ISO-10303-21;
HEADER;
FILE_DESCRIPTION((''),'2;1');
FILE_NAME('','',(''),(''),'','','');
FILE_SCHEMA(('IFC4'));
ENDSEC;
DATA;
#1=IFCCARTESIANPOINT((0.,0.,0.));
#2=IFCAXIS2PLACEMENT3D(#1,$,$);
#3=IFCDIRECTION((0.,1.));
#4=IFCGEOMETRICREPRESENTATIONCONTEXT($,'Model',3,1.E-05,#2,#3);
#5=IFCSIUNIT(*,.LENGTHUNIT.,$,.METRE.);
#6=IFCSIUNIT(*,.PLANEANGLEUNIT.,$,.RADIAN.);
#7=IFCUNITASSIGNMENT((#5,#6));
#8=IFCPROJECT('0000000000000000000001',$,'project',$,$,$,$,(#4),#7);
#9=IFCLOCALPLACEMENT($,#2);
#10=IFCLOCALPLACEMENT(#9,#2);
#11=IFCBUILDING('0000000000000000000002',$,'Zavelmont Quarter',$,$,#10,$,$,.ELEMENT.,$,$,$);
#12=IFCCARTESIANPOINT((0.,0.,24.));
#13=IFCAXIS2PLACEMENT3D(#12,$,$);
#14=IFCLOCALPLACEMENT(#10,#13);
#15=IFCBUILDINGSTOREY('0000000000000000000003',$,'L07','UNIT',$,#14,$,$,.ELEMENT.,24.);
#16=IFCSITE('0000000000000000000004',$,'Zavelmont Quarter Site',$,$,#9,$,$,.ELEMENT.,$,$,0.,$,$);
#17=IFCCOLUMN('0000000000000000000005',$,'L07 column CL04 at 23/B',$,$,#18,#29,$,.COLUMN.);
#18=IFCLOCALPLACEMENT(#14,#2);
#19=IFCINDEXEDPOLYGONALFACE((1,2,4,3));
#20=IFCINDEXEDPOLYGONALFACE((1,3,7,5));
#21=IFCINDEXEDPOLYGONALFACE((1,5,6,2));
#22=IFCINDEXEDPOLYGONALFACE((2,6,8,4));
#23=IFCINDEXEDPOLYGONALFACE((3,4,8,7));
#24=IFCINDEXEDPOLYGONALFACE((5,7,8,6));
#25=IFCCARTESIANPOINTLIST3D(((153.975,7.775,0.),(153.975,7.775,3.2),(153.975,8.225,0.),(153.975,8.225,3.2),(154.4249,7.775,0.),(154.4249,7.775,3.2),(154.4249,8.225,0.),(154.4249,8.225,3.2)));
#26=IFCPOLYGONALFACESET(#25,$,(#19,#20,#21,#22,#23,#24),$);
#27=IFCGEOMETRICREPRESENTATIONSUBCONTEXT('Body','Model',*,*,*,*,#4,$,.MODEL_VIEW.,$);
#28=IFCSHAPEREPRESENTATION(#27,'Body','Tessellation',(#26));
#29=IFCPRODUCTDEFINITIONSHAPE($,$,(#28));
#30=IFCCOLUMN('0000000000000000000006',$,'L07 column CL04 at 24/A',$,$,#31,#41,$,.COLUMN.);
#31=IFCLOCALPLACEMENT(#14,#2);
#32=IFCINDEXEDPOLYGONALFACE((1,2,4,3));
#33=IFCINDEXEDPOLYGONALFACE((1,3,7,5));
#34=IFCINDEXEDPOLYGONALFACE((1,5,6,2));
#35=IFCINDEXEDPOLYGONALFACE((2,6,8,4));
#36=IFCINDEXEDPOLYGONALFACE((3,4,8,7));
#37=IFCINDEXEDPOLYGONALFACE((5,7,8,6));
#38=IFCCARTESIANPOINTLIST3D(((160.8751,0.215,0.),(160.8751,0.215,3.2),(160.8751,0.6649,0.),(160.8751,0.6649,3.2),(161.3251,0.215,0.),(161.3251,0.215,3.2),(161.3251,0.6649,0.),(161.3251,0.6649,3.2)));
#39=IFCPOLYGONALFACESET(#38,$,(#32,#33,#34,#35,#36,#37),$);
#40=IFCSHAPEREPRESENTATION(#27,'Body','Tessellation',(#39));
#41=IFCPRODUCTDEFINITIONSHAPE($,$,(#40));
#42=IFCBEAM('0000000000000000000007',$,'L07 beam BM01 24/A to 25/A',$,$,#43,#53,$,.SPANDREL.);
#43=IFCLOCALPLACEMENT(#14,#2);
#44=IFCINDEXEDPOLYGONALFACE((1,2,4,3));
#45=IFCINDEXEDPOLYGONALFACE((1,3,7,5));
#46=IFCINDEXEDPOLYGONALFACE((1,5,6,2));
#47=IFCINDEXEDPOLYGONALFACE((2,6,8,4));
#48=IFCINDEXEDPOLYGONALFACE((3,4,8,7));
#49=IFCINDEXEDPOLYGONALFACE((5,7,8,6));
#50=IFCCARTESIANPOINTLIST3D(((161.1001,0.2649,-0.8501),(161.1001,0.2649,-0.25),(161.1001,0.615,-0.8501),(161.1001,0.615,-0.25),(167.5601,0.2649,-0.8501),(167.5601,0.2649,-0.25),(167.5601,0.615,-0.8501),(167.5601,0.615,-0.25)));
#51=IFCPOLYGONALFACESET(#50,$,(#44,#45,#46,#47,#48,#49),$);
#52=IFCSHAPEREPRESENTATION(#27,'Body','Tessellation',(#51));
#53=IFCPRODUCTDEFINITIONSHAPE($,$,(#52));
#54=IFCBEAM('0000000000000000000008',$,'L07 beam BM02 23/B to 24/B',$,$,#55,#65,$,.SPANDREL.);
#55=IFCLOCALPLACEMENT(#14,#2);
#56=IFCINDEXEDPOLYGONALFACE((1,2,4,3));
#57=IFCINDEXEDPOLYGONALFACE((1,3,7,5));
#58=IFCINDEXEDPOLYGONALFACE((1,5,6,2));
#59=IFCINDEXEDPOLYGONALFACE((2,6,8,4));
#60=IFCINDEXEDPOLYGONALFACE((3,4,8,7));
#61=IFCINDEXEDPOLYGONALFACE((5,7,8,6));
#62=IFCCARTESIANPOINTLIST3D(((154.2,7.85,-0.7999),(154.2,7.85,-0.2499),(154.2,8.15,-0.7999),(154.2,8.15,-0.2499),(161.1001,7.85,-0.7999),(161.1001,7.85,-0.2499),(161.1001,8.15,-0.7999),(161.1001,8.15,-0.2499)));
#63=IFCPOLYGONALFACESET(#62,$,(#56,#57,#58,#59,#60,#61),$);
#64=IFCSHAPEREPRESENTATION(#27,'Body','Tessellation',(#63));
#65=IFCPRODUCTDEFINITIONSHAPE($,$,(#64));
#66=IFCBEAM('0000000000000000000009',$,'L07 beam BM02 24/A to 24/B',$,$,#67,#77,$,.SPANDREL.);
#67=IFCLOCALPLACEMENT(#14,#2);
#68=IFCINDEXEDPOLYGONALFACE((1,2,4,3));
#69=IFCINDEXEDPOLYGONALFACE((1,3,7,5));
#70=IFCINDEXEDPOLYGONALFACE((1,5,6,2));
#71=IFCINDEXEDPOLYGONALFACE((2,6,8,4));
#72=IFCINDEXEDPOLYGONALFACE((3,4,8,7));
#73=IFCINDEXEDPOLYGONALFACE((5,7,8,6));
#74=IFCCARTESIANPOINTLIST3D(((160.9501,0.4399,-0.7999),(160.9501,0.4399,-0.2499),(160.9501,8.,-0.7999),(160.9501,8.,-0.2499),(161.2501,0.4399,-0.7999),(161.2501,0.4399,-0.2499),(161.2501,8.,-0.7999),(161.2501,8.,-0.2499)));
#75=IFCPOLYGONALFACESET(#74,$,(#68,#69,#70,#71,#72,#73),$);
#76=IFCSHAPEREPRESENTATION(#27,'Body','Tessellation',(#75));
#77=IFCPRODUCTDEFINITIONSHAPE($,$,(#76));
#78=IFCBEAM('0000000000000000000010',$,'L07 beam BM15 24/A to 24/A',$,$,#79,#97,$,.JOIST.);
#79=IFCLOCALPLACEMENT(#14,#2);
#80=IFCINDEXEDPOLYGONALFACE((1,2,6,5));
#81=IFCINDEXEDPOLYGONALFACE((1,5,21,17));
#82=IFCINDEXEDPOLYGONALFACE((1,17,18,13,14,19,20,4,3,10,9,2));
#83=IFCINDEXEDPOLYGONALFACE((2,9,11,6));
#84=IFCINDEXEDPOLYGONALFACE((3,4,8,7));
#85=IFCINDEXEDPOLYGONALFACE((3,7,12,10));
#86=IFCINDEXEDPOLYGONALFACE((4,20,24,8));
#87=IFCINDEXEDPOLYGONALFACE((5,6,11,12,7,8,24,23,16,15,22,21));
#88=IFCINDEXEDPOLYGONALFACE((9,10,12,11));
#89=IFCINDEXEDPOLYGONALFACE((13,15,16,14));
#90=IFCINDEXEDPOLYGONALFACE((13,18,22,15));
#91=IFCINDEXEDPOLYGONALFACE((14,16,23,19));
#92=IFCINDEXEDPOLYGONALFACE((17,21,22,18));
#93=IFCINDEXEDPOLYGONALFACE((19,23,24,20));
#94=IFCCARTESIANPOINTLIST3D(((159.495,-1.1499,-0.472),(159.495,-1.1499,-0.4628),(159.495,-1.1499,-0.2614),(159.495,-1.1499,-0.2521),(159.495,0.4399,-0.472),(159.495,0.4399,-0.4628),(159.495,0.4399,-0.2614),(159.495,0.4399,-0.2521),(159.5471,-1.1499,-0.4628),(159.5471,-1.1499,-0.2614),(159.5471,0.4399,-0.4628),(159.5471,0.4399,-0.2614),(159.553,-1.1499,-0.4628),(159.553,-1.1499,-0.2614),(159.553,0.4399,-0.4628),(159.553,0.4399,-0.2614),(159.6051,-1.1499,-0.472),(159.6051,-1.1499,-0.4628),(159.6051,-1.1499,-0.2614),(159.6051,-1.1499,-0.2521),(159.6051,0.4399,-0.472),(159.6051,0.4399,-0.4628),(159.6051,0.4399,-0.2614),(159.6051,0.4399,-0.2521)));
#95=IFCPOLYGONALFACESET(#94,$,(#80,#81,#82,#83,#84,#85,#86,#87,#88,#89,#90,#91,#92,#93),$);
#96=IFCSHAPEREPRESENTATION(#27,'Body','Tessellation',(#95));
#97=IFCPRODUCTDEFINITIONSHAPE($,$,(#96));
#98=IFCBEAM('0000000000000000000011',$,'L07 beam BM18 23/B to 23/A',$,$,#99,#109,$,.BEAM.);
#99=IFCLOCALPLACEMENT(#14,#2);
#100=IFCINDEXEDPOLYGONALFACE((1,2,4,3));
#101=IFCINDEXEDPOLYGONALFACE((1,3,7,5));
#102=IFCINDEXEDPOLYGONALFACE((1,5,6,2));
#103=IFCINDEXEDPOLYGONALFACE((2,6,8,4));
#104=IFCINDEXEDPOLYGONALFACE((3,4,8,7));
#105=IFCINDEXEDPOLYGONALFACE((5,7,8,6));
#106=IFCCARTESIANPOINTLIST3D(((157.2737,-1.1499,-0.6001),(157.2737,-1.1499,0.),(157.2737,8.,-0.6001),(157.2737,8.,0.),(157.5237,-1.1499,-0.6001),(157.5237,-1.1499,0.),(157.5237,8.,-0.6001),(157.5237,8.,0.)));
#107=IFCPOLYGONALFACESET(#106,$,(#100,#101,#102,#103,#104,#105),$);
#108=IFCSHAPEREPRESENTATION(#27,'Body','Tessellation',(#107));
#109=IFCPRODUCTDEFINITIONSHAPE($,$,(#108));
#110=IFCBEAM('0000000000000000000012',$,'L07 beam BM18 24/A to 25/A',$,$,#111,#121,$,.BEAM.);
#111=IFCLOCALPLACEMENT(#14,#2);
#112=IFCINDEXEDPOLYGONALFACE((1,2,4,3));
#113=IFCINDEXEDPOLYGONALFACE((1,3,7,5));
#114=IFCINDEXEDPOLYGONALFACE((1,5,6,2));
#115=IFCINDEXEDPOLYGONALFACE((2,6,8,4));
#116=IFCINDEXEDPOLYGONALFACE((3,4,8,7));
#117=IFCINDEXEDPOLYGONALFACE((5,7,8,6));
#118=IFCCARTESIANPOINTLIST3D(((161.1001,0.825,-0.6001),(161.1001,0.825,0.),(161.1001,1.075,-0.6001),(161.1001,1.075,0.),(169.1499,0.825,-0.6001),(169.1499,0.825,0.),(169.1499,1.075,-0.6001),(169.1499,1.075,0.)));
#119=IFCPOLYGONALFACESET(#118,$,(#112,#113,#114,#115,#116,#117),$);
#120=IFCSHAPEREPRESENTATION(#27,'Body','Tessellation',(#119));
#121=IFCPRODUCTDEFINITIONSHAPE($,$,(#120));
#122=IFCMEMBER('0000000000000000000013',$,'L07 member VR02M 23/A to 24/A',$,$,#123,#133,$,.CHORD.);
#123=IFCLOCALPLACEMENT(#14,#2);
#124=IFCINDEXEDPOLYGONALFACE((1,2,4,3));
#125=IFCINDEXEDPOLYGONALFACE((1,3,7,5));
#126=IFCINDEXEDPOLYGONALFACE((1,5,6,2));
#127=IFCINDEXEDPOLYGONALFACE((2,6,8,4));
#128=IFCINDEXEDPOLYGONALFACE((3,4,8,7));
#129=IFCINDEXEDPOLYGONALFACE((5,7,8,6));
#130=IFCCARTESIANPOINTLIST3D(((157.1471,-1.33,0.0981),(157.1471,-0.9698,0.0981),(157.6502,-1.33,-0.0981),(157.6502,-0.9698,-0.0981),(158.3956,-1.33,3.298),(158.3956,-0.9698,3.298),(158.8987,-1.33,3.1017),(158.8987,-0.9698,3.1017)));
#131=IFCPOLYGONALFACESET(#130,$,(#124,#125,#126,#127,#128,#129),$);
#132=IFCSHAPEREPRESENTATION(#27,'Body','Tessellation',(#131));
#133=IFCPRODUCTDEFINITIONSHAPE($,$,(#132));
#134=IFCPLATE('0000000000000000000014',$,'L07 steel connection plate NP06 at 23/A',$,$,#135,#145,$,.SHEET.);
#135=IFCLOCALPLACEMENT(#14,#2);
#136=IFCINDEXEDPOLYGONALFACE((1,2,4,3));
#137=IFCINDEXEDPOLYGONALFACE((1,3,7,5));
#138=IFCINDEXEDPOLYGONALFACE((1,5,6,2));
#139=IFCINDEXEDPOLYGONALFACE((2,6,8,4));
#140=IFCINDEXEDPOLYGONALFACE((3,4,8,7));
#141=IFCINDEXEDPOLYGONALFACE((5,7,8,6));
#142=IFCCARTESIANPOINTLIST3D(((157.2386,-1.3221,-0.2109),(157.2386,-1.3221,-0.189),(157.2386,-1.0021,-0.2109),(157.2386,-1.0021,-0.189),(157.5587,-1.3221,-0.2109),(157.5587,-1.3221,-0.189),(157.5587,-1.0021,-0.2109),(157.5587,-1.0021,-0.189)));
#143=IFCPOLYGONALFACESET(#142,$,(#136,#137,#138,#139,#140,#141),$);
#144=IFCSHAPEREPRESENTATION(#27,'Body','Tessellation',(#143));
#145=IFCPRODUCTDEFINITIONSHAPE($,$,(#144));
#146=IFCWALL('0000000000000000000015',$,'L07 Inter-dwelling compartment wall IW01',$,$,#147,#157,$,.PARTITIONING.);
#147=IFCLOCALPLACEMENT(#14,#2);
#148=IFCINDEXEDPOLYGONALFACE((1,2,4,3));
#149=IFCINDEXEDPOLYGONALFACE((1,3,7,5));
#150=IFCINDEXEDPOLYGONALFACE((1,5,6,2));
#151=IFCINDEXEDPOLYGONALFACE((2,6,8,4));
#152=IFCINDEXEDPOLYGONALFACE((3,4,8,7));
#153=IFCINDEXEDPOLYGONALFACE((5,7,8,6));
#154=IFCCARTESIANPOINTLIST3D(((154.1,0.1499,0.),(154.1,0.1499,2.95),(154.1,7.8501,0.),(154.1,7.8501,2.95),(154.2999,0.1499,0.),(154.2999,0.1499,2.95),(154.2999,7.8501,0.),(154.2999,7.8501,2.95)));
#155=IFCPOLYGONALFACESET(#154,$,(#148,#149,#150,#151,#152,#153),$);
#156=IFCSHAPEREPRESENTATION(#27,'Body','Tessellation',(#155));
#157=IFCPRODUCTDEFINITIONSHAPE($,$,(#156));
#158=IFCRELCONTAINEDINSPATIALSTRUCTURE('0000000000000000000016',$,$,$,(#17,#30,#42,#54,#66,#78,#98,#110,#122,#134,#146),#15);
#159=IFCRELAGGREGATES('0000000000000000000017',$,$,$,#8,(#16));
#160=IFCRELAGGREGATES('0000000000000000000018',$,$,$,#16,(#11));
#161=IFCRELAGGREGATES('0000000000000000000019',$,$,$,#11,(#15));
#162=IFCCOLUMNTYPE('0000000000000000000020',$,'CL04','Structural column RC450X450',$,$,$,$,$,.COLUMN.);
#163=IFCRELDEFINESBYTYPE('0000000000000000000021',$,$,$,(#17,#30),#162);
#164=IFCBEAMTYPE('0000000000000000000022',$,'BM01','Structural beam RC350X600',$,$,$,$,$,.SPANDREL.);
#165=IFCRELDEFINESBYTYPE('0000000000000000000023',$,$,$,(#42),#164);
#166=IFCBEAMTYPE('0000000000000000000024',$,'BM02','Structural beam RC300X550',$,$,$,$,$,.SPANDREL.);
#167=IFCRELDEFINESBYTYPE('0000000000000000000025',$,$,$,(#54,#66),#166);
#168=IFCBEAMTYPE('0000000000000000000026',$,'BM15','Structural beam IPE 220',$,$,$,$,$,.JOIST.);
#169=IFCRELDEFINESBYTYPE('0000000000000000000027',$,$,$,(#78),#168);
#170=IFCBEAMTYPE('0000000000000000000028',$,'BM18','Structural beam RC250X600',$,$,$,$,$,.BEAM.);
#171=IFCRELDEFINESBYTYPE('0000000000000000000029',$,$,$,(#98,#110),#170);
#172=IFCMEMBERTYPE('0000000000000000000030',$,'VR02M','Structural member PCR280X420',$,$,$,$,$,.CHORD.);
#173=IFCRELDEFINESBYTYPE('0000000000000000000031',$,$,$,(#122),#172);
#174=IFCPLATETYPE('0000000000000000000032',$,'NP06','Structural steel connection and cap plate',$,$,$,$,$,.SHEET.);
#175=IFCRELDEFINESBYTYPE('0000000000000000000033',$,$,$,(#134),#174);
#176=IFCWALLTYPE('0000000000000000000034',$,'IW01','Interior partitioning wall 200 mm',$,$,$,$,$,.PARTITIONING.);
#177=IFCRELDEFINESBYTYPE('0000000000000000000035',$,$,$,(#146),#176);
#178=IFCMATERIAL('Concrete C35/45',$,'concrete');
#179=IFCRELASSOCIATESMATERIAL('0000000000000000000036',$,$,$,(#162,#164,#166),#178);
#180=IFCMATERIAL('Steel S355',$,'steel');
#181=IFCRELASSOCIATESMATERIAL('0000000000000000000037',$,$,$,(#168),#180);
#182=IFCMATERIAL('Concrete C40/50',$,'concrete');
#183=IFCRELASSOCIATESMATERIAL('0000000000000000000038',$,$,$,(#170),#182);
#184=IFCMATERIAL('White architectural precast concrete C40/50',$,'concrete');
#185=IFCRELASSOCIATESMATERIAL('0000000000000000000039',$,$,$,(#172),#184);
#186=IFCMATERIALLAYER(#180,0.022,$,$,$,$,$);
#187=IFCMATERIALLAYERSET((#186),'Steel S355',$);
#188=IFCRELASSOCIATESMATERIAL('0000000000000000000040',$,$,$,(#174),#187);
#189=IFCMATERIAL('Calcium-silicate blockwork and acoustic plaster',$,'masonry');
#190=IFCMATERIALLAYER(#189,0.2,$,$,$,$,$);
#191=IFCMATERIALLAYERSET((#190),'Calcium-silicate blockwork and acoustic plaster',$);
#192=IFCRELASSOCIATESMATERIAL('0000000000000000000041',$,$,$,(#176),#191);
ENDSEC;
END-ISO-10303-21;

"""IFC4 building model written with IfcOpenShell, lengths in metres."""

from ifc_helpers import new_model, si_unit, direction, frame, frame_2d, origin, origin_2d, place, context, subcontext, project, spatial, rectangle, i_section, extrude, material, layer, layer_set, material_profile, profile_set, type_object, element, save


model = new_model("IFC4")

# Units and contexts
model_context = context("Model", 3, precision=1e-05, world=origin(), true_north=direction((0.0, 1.0)))
body_context = subcontext(model_context, "Body", "Model", "MODEL_VIEW")
ifc_project = project(units=[si_unit("LENGTHUNIT", "METRE"), si_unit("PLANEANGLEUNIT", "RADIAN")], contexts=[model_context])

# Site, building, storey
site_placement = place(None, origin())
site = spatial("IfcSite", under=ifc_project, at=site_placement, Name="Zavelmont Quarter Site", CompositionType="ELEMENT", RefElevation=0.0)
building_placement = place(site_placement, origin())
building = spatial("IfcBuilding", under=site, at=building_placement, Name="Zavelmont Quarter", CompositionType="ELEMENT")
storey_placement = place(building_placement, frame((0.0, 0.0, 24.0)))
storey = spatial("IfcBuildingStorey", under=building, at=storey_placement, Name="L07", Description="UNIT", CompositionType="ELEMENT", Elevation=24.0)

# Columns
ifc_material_1 = material(Name="Concrete C35/45", Category="concrete")
ifc_material_profile_1 = material_profile(ifc_material_1, rectangle(XDim=0.45, YDim=0.45, at=origin_2d()), Name="RC450X450")
ifc_profile_set_1 = profile_set([ifc_material_profile_1], Name="Concrete C35/45")
column_type = type_object("IfcColumnType", Name="CL04", Description="Structural column RC450X450", PredefinedType="COLUMN", material=ifc_profile_set_1)
for number, where, z_axis, x_axis, name in (
    (1, (154.2, 8.0, 0.0), (0.0, 0.0, 1.0), (1.0, 0.0, 0.0), "L07 column CL04 at 23/B"),
    (2, (161.1001, 0.4399, 0.0), (0.0, 0.0, 1.0), (1.0, 0.0, 0.0), "L07 column CL04 at 24/A"),
):
    element("IfcColumn", number, at=place(storey_placement, frame(where, z_axis=z_axis, x_axis=x_axis)), inside=storey, type_object=column_type, Name=name, PredefinedType="COLUMN", context=body_context, shape_type="SweptSolid", body=[
        extrude(rectangle(XDim=0.45, YDim=0.45, at=origin_2d()), origin(), (0.0, 0.0, 1.0), 3.2),
    ])

# Beams
ifc_material_profile_2 = material_profile(ifc_material_1, rectangle(XDim=0.3501, YDim=0.6001, at=origin_2d()), Name="RC350X600")
ifc_profile_set_2 = profile_set([ifc_material_profile_2], Name="Concrete C35/45")
beam_type_1 = type_object("IfcBeamType", Name="BM01", Description="Structural beam RC350X600", PredefinedType="SPANDREL", material=ifc_profile_set_2)
beam_1_placement = place(storey_placement, frame((161.1001, 0.4399, -0.55), z_axis=(1.0, 0.0, 0.0), x_axis=(0.0, 1.0, 0.0)))
element("IfcBeam", 3, at=beam_1_placement, inside=storey, type_object=beam_type_1, Name="L07 beam BM01 24/A to 25/A", PredefinedType="SPANDREL", context=body_context, shape_type="SweptSolid", body=[
    extrude(rectangle(XDim=0.3501, YDim=0.6001, at=origin_2d()), origin(), (0.0, 0.0, 1.0), 6.46),
])
ifc_material_profile_3 = material_profile(ifc_material_1, rectangle(XDim=0.3, YDim=0.55, at=origin_2d()), Name="RC300X550")
ifc_profile_set_3 = profile_set([ifc_material_profile_3], Name="Concrete C35/45")
beam_type_2 = type_object("IfcBeamType", Name="BM02", Description="Structural beam RC300X550", PredefinedType="SPANDREL", material=ifc_profile_set_3)
beam_2_placement = place(storey_placement, frame((154.2, 8.0, -0.5249), z_axis=(1.0, 0.0, 0.0), x_axis=(0.0, 1.0, 0.0)))
element("IfcBeam", 4, at=beam_2_placement, inside=storey, type_object=beam_type_2, Name="L07 beam BM02 23/B to 24/B", PredefinedType="SPANDREL", context=body_context, shape_type="SweptSolid", body=[
    extrude(rectangle(XDim=0.3, YDim=0.55, at=origin_2d()), origin(), (0.0, 0.0, 1.0), 6.9001),
])
beam_3_placement = place(storey_placement, frame((161.1001, 0.4399, -0.5249), z_axis=(0.0, 1.0, 0.0), x_axis=(-1.0, 0.0, 0.0)))
element("IfcBeam", 5, at=beam_3_placement, inside=storey, type_object=beam_type_2, Name="L07 beam BM02 24/A to 24/B", PredefinedType="SPANDREL", context=body_context, shape_type="SweptSolid", body=[
    extrude(rectangle(XDim=0.3, YDim=0.55, at=origin_2d()), origin(), (0.0, 0.0, 1.0), 7.5601),
])
ifc_material_2 = material(Name="Steel S355", Category="steel")
ifc_material_profile_4 = material_profile(ifc_material_2, i_section(OverallWidth=0.1101, OverallDepth=0.22, WebThickness=0.0059, FlangeThickness=0.0093, at=origin_2d()), Name="IPE 220")
ifc_profile_set_4 = profile_set([ifc_material_profile_4], Name="Steel S355")
beam_type_3 = type_object("IfcBeamType", Name="BM15", Description="Structural beam IPE 220", PredefinedType="JOIST", material=ifc_profile_set_4)
beam_4_placement = place(storey_placement, frame((159.55, 0.4399, -0.3621), z_axis=(0.0, -1.0, 0.0), x_axis=(1.0, 0.0, 0.0)))
element("IfcBeam", 6, at=beam_4_placement, inside=storey, type_object=beam_type_3, Name="L07 beam BM15 24/A to 24/A", PredefinedType="JOIST", context=body_context, shape_type="SweptSolid", body=[
    extrude(i_section(OverallWidth=0.1101, OverallDepth=0.22, WebThickness=0.0059, FlangeThickness=0.0093, at=origin_2d()), origin(), (0.0, 0.0, 1.0), 1.5898),
])
ifc_material_3 = material(Name="Concrete C40/50", Category="concrete")
ifc_material_profile_5 = material_profile(ifc_material_3, rectangle(XDim=0.25, YDim=0.6001, at=origin_2d()), Name="RC250X600")
ifc_profile_set_5 = profile_set([ifc_material_profile_5], Name="Concrete C40/50")
beam_type_4 = type_object("IfcBeamType", Name="BM18", Description="Structural beam RC250X600", PredefinedType="BEAM", material=ifc_profile_set_5)
beam_5_placement = place(storey_placement, frame((157.3987, 8.0, -0.3), z_axis=(0.0, -1.0, 0.0), x_axis=(1.0, 0.0, 0.0)))
element("IfcBeam", 7, at=beam_5_placement, inside=storey, type_object=beam_type_4, Name="L07 beam BM18 23/B to 23/A", PredefinedType="BEAM", context=body_context, shape_type="SweptSolid", body=[
    extrude(rectangle(XDim=0.25, YDim=0.6001, at=origin_2d()), origin(), (0.0, 0.0, 1.0), 9.1499),
])
beam_6_placement = place(storey_placement, frame((161.1001, 0.95, -0.3), z_axis=(1.0, 0.0, 0.0), x_axis=(0.0, 1.0, 0.0)))
element("IfcBeam", 8, at=beam_6_placement, inside=storey, type_object=beam_type_4, Name="L07 beam BM18 24/A to 25/A", PredefinedType="BEAM", context=body_context, shape_type="SweptSolid", body=[
    extrude(rectangle(XDim=0.25, YDim=0.6001, at=origin_2d()), origin(), (0.0, 0.0, 1.0), 8.0498),
])

# Member
ifc_material_4 = material(Name="White architectural precast concrete C40/50", Category="concrete")
ifc_material_profile_6 = material_profile(ifc_material_4, rectangle(XDim=0.3601, YDim=0.54, at=origin_2d()), Name="PCR280X420")
ifc_profile_set_6 = profile_set([ifc_material_profile_6], Name="White architectural precast concrete C40/50")
member_type = type_object("IfcMemberType", Name="VR02M", Description="Structural member PCR280X420", PredefinedType="CHORD", material=ifc_profile_set_6)
member_placement = place(storey_placement, frame((157.3987, -1.1499, 0.0), z_axis=(0.363485, 0.0, 0.9316), x_axis=(0.0, 1.0, 0.0)))
element("IfcMember", 9, at=member_placement, inside=storey, type_object=member_type, Name="L07 member VR02M 23/A to 24/A", PredefinedType="CHORD", context=body_context, shape_type="SweptSolid", body=[
    extrude(rectangle(XDim=0.3601, YDim=0.54, at=origin_2d()), origin(), (0.0, 0.0, 1.0), 3.4348),
])

# Plate
ifc_layer_1 = layer(ifc_material_2, 0.022)
ifc_layer_set_1 = layer_set([ifc_layer_1], Name="Steel S355")
plate_type = type_object("IfcPlateType", Name="NP06", Description="Structural steel connection and cap plate", PredefinedType="SHEET", material=ifc_layer_set_1)
plate_placement = place(storey_placement, frame((157.3987, -1.1621, -0.2109), z_axis=(0.0, 0.0, 1.0), x_axis=(1.0, 0.0, 0.0)))
element("IfcPlate", 10, at=plate_placement, inside=storey, type_object=plate_type, Name="L07 steel connection plate NP06 at 23/A", PredefinedType="SHEET", context=body_context, shape_type="SweptSolid", body=[
    extrude(rectangle(XDim=0.3201, YDim=0.3201, at=origin_2d()), origin(), (0.0, 0.0, 1.0), 0.022),
])

# Wall
ifc_material_5 = material(Name="Calcium-silicate blockwork and acoustic plaster", Category="masonry")
ifc_layer_2 = layer(ifc_material_5, 0.2)
ifc_layer_set_2 = layer_set([ifc_layer_2], Name="Calcium-silicate blockwork and acoustic plaster")
wall_type_1 = type_object("IfcWallType", Name="IW01", Description="Interior partitioning wall 200 mm", PredefinedType="PARTITIONING", material=ifc_layer_set_2)
wall_1_placement = place(storey_placement, frame((154.2, 7.8501, 0.0), z_axis=(0.0, 0.0, 1.0), x_axis=(0.0, -1.0, 0.0)))
element("IfcWall", 11, at=wall_1_placement, inside=storey, type_object=wall_type_1, Name="L07 Inter-dwelling compartment wall IW01", PredefinedType="PARTITIONING", context=body_context, shape_type="SweptSolid", body=[
    extrude(rectangle(XDim=7.7002, YDim=0.2, at=frame_2d((3.8501, 0.0))), origin(), (0.0, 0.0, 1.0), 2.95),
])

save(model, "model.ifc")
